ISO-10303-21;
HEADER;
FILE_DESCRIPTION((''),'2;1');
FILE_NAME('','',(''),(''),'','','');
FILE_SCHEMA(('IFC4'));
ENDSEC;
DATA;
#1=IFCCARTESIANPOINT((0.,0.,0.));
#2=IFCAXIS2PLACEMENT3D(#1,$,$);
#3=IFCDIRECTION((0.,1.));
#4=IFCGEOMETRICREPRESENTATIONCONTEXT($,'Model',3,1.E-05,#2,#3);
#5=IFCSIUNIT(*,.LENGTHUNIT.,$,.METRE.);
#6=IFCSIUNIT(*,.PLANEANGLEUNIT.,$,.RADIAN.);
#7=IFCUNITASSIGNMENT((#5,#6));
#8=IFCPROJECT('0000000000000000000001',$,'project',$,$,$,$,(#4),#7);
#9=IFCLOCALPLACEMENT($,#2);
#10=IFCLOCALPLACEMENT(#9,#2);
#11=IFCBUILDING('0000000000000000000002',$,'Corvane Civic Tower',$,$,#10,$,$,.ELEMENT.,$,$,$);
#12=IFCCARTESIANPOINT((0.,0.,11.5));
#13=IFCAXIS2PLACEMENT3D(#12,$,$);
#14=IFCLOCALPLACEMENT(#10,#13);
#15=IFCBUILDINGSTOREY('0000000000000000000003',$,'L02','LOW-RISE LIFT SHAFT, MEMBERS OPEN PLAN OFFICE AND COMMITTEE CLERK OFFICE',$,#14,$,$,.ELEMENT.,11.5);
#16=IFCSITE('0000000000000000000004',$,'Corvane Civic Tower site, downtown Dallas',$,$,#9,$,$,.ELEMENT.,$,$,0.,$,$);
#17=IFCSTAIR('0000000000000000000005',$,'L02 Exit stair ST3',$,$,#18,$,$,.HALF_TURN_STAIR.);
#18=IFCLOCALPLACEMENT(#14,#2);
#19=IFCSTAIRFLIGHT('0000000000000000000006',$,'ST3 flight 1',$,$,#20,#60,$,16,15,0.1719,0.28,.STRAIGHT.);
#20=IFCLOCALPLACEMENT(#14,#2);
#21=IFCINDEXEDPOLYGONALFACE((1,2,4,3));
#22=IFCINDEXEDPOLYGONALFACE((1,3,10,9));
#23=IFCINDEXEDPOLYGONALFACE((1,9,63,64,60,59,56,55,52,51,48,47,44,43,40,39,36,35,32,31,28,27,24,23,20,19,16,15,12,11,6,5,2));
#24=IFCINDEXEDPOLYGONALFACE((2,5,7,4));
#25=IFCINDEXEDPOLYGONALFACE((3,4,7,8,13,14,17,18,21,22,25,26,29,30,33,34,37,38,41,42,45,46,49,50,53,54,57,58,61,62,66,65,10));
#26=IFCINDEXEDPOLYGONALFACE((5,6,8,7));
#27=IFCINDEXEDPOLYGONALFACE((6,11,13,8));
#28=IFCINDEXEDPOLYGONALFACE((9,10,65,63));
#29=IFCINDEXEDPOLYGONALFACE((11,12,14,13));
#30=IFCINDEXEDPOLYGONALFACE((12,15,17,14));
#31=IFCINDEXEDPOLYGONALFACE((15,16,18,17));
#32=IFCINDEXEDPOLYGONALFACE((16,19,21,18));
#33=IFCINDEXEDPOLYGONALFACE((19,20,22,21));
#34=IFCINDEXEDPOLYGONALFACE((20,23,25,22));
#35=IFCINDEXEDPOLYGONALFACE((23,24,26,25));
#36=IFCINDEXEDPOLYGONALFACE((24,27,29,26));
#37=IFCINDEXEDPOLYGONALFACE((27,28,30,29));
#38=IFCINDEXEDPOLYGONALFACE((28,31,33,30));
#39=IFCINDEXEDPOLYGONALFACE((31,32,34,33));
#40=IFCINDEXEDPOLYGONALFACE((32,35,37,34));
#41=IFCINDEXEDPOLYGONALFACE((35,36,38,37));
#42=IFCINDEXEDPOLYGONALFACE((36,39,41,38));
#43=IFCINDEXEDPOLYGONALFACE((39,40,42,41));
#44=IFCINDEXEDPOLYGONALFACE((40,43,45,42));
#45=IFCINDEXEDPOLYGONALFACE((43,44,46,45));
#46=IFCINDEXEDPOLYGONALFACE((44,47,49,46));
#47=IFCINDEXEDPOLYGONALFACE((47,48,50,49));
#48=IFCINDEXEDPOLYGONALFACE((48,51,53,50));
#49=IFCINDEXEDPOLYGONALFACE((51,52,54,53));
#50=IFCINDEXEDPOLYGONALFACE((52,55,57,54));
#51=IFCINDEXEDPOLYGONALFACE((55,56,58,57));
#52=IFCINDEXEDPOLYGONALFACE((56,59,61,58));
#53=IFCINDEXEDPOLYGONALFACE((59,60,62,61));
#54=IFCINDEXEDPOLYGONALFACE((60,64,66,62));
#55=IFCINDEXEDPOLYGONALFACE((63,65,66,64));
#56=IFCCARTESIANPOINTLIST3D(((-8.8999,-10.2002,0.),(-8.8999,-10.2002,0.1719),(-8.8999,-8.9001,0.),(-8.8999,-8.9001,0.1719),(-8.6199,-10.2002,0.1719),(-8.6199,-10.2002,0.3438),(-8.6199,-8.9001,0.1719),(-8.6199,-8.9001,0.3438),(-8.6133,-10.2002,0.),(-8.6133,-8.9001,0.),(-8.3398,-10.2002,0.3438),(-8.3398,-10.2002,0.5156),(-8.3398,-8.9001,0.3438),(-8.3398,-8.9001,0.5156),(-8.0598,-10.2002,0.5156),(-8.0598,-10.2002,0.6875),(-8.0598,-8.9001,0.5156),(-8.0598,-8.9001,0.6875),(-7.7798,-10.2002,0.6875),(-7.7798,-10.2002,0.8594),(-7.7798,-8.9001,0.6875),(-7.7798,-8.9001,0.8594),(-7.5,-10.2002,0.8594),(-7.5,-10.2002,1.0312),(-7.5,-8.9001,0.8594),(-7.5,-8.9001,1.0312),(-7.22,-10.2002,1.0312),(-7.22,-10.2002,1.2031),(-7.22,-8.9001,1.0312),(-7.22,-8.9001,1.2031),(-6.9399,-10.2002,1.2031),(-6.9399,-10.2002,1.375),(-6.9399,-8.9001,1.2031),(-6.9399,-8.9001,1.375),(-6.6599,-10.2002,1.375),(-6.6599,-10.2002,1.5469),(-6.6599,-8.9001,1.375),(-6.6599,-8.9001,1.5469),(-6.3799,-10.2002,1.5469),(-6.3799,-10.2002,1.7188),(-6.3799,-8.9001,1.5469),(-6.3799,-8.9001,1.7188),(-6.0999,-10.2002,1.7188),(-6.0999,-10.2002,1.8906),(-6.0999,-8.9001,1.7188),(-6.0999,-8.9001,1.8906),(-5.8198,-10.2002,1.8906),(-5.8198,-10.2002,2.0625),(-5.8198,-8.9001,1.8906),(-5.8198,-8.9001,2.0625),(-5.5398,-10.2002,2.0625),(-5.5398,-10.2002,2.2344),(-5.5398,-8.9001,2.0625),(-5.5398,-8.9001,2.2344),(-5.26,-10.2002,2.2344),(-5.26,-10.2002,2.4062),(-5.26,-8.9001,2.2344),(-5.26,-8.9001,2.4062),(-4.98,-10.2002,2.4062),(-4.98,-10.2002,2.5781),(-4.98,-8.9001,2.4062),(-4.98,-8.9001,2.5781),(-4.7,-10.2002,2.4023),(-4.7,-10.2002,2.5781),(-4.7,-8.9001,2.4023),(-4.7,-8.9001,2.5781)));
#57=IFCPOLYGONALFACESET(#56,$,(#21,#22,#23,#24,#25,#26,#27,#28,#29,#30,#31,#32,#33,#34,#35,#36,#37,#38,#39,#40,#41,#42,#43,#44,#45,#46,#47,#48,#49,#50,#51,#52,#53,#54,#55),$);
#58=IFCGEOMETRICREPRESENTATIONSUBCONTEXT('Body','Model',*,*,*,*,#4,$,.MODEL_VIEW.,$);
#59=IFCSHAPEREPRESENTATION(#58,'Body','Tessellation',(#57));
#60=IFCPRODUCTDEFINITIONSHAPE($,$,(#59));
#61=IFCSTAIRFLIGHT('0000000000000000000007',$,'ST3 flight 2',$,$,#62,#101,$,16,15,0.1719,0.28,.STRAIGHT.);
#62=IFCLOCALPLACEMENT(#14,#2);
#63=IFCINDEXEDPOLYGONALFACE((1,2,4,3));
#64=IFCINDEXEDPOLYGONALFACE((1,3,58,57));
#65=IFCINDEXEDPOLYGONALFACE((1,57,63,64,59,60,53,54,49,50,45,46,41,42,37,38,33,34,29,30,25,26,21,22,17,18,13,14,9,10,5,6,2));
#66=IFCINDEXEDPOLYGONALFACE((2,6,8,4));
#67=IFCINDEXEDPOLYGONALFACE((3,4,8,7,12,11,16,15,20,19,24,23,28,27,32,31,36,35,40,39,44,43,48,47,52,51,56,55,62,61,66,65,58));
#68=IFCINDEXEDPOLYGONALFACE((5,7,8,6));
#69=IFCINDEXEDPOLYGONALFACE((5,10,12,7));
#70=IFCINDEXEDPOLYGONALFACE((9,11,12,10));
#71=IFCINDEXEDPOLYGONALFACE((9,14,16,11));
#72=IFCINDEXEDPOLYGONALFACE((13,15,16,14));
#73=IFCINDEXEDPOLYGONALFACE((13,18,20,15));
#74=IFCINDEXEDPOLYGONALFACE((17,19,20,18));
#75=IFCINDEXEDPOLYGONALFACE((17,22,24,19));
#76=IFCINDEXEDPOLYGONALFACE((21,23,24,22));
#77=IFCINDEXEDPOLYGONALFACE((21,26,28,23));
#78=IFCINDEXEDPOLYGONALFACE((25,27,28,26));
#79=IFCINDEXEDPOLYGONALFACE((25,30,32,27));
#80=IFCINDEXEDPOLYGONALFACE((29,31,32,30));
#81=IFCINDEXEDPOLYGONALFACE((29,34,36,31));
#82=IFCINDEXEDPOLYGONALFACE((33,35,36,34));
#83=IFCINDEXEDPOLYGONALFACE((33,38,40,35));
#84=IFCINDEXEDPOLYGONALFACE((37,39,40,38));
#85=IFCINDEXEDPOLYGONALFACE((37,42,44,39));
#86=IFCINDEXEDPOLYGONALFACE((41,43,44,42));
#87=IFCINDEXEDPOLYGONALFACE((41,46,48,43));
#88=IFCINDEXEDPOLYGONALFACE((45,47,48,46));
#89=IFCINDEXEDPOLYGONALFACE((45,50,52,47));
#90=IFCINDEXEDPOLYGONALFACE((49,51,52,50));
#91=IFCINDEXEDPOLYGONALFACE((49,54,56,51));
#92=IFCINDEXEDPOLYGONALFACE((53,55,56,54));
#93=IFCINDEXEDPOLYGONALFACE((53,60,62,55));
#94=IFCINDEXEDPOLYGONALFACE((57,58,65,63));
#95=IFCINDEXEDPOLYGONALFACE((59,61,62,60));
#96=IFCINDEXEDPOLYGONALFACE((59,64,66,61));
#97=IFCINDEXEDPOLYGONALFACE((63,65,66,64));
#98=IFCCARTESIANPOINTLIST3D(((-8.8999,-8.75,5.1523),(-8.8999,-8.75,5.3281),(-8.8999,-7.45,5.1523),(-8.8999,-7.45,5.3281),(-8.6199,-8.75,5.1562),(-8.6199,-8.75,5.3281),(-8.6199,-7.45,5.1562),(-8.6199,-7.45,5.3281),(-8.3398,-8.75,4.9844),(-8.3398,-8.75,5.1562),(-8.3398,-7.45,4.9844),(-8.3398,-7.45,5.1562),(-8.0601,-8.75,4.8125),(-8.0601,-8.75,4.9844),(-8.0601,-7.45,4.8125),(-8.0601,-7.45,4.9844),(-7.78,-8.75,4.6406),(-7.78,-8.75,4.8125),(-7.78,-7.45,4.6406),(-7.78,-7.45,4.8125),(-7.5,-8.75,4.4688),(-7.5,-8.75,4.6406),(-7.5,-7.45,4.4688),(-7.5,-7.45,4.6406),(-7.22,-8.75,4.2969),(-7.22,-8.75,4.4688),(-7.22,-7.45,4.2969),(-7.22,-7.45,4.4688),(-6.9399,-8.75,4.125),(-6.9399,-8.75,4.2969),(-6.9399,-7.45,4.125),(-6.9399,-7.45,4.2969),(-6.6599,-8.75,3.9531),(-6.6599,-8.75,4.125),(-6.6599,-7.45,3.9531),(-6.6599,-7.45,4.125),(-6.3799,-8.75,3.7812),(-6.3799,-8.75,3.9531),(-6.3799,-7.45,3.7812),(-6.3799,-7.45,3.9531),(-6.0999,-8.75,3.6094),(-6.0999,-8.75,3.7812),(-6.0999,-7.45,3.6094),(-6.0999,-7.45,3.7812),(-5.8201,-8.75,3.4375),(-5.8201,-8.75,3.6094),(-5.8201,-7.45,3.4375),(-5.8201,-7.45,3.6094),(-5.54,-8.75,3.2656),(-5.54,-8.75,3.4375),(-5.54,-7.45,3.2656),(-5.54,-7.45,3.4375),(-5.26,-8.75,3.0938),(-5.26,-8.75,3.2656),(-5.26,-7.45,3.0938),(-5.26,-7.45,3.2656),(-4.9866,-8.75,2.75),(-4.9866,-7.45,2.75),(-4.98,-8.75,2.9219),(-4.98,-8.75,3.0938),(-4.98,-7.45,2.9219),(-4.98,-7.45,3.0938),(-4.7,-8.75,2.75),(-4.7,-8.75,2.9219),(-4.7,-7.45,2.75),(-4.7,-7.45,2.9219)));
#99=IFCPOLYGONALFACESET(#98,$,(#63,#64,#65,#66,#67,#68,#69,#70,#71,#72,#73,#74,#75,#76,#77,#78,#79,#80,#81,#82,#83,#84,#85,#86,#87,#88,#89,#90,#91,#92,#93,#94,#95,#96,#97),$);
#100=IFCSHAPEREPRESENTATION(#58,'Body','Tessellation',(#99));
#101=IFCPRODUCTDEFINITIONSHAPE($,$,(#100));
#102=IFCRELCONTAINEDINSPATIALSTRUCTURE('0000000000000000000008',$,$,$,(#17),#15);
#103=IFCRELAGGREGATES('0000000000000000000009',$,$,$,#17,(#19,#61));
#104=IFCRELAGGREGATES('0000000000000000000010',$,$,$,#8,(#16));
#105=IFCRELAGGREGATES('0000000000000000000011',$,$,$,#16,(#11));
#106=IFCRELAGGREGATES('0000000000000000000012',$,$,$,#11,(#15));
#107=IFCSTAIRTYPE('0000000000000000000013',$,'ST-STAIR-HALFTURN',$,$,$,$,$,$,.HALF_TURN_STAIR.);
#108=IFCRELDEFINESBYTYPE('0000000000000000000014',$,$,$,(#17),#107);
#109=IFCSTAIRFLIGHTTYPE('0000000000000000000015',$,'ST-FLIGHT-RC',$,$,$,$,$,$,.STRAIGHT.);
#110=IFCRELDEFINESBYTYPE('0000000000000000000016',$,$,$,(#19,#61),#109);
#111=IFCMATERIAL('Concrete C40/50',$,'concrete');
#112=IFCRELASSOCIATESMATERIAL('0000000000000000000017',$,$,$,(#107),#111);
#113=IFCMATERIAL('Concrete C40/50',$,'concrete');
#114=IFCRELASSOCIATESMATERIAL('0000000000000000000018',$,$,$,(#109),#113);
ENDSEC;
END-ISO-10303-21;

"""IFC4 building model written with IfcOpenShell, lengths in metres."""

from ifc_helpers import new_model, si_unit, direction, frame, origin, place, context, subcontext, project, spatial, polyline, outline, extrude, material, type_object, element, aggregate, save


model = new_model("IFC4")

# Units and contexts
model_context = context("Model", 3, precision=1e-05, world=origin(), true_north=direction((0.0, 1.0)))
body_context = subcontext(model_context, "Body", "Model", "MODEL_VIEW")
ifc_project = project(units=[si_unit("LENGTHUNIT", "METRE"), si_unit("PLANEANGLEUNIT", "RADIAN")], contexts=[model_context])

# Site, building, storey
site_placement = place(None, origin())
site = spatial("IfcSite", under=ifc_project, at=site_placement, Name="Corvane Civic Tower site, downtown Dallas", CompositionType="ELEMENT", RefElevation=0.0)
building_placement = place(site_placement, origin())
building = spatial("IfcBuilding", under=site, at=building_placement, Name="Corvane Civic Tower", CompositionType="ELEMENT")
storey_placement = place(building_placement, frame((0.0, 0.0, 11.5)))
storey = spatial("IfcBuildingStorey", under=building, at=storey_placement, Name="L02", Description="LOW-RISE LIFT SHAFT, MEMBERS OPEN PLAN OFFICE AND COMMITTEE CLERK OFFICE", CompositionType="ELEMENT", Elevation=11.5)

# Stair, stair flights
ifc_material_1 = material(Name="Concrete C40/50", Category="concrete")
stair_type = type_object("IfcStairType", Name="ST-STAIR-HALFTURN", PredefinedType="HALF_TURN_STAIR", material=ifc_material_1)
stair_placement = place(storey_placement, origin())
stair = element("IfcStair", 1, at=stair_placement, inside=storey, type_object=stair_type, Name="L02 Exit stair ST3", PredefinedType="HALF_TURN_STAIR")
ifc_material_2 = material(Name="Concrete C40/50", Category="concrete")
stair_flight_type = type_object("IfcStairFlightType", Name="ST-FLIGHT-RC", PredefinedType="STRAIGHT", material=ifc_material_2)
stair_flight_1_placement = place(storey_placement, frame((-8.8999, -9.55, 0.0), z_axis=(0.0, 0.0, 1.0), x_axis=(1.0, 0.0, 0.0)))
stair_flight_1 = element("IfcStairFlight", 2, at=stair_flight_1_placement, type_object=stair_flight_type, Name="ST3 flight 1", NumberOfRisers=16, NumberOfTreads=15, PredefinedType="STRAIGHT", RiserHeight=0.1719, TreadLength=0.28, context=body_context, shape_type="SweptSolid", body=[
    extrude(outline(polyline([(0.0, 0.0), (0.0, 0.1719), (0.28, 0.1719), (0.28, 0.3438), (0.5601, 0.3438), (0.5601, 0.5156), (0.8401, 0.5156), (0.8401, 0.6875), (1.1201, 0.6875), (1.1201, 0.8594), (1.3999, 0.8594), (1.3999, 1.0312), (1.6799, 1.0312), (1.6799, 1.2031), (1.96, 1.2031), (1.96, 1.375), (2.24, 1.375), (2.24, 1.5469), (2.52, 1.5469), (2.52, 1.7188), (2.8, 1.7188), (2.8, 1.8906), (3.0801, 1.8906), (3.0801, 2.0625), (3.3601, 2.0625), (3.3601, 2.2344), (3.6399, 2.2344), (3.6399, 2.4062), (3.9199, 2.4062), (3.9199, 2.5781), (4.2, 2.5781), (4.2, 2.75), (4.2, 2.4023), (0.2866, 0.0), (0.0, 0.0)])), frame((0.0, 0.6499, 0.0), z_axis=(0.0, -1.0, 0.0), x_axis=(1.0, 0.0, 0.0)), (0.0, 0.0, 1.0), 1.3),
])
stair_flight_2_placement = place(storey_placement, frame((-4.7, -8.1001, 2.75), z_axis=(0.0, 0.0, 1.0), x_axis=(-1.0, 0.0, 0.0)))
stair_flight_2 = element("IfcStairFlight", 3, at=stair_flight_2_placement, type_object=stair_flight_type, Name="ST3 flight 2", NumberOfRisers=16, NumberOfTreads=15, PredefinedType="STRAIGHT", RiserHeight=0.1719, TreadLength=0.28, context=body_context, shape_type="SweptSolid", body=[
    extrude(outline(polyline([(0.0, 0.0), (0.0, 0.1719), (0.28, 0.1719), (0.28, 0.3438), (0.5601, 0.3438), (0.5601, 0.5156), (0.8401, 0.5156), (0.8401, 0.6875), (1.1201, 0.6875), (1.1201, 0.8594), (1.3999, 0.8594), (1.3999, 1.0312), (1.6799, 1.0312), (1.6799, 1.2031), (1.96, 1.2031), (1.96, 1.375), (2.24, 1.375), (2.24, 1.5469), (2.52, 1.5469), (2.52, 1.7188), (2.8, 1.7188), (2.8, 1.8906), (3.0801, 1.8906), (3.0801, 2.0625), (3.3601, 2.0625), (3.3601, 2.2344), (3.6399, 2.2344), (3.6399, 2.4062), (3.9199, 2.4062), (3.9199, 2.5781), (4.2, 2.5781), (4.2, 2.75), (4.2, 2.4023), (0.2866, 0.0), (0.0, 0.0)])), frame((0.0, 0.6499, 0.0), z_axis=(0.0, -1.0, 0.0), x_axis=(1.0, 0.0, 0.0)), (0.0, 0.0, 1.0), 1.3),
])
aggregate(stair, [stair_flight_1, stair_flight_2])

save(model, "model.ifc")
